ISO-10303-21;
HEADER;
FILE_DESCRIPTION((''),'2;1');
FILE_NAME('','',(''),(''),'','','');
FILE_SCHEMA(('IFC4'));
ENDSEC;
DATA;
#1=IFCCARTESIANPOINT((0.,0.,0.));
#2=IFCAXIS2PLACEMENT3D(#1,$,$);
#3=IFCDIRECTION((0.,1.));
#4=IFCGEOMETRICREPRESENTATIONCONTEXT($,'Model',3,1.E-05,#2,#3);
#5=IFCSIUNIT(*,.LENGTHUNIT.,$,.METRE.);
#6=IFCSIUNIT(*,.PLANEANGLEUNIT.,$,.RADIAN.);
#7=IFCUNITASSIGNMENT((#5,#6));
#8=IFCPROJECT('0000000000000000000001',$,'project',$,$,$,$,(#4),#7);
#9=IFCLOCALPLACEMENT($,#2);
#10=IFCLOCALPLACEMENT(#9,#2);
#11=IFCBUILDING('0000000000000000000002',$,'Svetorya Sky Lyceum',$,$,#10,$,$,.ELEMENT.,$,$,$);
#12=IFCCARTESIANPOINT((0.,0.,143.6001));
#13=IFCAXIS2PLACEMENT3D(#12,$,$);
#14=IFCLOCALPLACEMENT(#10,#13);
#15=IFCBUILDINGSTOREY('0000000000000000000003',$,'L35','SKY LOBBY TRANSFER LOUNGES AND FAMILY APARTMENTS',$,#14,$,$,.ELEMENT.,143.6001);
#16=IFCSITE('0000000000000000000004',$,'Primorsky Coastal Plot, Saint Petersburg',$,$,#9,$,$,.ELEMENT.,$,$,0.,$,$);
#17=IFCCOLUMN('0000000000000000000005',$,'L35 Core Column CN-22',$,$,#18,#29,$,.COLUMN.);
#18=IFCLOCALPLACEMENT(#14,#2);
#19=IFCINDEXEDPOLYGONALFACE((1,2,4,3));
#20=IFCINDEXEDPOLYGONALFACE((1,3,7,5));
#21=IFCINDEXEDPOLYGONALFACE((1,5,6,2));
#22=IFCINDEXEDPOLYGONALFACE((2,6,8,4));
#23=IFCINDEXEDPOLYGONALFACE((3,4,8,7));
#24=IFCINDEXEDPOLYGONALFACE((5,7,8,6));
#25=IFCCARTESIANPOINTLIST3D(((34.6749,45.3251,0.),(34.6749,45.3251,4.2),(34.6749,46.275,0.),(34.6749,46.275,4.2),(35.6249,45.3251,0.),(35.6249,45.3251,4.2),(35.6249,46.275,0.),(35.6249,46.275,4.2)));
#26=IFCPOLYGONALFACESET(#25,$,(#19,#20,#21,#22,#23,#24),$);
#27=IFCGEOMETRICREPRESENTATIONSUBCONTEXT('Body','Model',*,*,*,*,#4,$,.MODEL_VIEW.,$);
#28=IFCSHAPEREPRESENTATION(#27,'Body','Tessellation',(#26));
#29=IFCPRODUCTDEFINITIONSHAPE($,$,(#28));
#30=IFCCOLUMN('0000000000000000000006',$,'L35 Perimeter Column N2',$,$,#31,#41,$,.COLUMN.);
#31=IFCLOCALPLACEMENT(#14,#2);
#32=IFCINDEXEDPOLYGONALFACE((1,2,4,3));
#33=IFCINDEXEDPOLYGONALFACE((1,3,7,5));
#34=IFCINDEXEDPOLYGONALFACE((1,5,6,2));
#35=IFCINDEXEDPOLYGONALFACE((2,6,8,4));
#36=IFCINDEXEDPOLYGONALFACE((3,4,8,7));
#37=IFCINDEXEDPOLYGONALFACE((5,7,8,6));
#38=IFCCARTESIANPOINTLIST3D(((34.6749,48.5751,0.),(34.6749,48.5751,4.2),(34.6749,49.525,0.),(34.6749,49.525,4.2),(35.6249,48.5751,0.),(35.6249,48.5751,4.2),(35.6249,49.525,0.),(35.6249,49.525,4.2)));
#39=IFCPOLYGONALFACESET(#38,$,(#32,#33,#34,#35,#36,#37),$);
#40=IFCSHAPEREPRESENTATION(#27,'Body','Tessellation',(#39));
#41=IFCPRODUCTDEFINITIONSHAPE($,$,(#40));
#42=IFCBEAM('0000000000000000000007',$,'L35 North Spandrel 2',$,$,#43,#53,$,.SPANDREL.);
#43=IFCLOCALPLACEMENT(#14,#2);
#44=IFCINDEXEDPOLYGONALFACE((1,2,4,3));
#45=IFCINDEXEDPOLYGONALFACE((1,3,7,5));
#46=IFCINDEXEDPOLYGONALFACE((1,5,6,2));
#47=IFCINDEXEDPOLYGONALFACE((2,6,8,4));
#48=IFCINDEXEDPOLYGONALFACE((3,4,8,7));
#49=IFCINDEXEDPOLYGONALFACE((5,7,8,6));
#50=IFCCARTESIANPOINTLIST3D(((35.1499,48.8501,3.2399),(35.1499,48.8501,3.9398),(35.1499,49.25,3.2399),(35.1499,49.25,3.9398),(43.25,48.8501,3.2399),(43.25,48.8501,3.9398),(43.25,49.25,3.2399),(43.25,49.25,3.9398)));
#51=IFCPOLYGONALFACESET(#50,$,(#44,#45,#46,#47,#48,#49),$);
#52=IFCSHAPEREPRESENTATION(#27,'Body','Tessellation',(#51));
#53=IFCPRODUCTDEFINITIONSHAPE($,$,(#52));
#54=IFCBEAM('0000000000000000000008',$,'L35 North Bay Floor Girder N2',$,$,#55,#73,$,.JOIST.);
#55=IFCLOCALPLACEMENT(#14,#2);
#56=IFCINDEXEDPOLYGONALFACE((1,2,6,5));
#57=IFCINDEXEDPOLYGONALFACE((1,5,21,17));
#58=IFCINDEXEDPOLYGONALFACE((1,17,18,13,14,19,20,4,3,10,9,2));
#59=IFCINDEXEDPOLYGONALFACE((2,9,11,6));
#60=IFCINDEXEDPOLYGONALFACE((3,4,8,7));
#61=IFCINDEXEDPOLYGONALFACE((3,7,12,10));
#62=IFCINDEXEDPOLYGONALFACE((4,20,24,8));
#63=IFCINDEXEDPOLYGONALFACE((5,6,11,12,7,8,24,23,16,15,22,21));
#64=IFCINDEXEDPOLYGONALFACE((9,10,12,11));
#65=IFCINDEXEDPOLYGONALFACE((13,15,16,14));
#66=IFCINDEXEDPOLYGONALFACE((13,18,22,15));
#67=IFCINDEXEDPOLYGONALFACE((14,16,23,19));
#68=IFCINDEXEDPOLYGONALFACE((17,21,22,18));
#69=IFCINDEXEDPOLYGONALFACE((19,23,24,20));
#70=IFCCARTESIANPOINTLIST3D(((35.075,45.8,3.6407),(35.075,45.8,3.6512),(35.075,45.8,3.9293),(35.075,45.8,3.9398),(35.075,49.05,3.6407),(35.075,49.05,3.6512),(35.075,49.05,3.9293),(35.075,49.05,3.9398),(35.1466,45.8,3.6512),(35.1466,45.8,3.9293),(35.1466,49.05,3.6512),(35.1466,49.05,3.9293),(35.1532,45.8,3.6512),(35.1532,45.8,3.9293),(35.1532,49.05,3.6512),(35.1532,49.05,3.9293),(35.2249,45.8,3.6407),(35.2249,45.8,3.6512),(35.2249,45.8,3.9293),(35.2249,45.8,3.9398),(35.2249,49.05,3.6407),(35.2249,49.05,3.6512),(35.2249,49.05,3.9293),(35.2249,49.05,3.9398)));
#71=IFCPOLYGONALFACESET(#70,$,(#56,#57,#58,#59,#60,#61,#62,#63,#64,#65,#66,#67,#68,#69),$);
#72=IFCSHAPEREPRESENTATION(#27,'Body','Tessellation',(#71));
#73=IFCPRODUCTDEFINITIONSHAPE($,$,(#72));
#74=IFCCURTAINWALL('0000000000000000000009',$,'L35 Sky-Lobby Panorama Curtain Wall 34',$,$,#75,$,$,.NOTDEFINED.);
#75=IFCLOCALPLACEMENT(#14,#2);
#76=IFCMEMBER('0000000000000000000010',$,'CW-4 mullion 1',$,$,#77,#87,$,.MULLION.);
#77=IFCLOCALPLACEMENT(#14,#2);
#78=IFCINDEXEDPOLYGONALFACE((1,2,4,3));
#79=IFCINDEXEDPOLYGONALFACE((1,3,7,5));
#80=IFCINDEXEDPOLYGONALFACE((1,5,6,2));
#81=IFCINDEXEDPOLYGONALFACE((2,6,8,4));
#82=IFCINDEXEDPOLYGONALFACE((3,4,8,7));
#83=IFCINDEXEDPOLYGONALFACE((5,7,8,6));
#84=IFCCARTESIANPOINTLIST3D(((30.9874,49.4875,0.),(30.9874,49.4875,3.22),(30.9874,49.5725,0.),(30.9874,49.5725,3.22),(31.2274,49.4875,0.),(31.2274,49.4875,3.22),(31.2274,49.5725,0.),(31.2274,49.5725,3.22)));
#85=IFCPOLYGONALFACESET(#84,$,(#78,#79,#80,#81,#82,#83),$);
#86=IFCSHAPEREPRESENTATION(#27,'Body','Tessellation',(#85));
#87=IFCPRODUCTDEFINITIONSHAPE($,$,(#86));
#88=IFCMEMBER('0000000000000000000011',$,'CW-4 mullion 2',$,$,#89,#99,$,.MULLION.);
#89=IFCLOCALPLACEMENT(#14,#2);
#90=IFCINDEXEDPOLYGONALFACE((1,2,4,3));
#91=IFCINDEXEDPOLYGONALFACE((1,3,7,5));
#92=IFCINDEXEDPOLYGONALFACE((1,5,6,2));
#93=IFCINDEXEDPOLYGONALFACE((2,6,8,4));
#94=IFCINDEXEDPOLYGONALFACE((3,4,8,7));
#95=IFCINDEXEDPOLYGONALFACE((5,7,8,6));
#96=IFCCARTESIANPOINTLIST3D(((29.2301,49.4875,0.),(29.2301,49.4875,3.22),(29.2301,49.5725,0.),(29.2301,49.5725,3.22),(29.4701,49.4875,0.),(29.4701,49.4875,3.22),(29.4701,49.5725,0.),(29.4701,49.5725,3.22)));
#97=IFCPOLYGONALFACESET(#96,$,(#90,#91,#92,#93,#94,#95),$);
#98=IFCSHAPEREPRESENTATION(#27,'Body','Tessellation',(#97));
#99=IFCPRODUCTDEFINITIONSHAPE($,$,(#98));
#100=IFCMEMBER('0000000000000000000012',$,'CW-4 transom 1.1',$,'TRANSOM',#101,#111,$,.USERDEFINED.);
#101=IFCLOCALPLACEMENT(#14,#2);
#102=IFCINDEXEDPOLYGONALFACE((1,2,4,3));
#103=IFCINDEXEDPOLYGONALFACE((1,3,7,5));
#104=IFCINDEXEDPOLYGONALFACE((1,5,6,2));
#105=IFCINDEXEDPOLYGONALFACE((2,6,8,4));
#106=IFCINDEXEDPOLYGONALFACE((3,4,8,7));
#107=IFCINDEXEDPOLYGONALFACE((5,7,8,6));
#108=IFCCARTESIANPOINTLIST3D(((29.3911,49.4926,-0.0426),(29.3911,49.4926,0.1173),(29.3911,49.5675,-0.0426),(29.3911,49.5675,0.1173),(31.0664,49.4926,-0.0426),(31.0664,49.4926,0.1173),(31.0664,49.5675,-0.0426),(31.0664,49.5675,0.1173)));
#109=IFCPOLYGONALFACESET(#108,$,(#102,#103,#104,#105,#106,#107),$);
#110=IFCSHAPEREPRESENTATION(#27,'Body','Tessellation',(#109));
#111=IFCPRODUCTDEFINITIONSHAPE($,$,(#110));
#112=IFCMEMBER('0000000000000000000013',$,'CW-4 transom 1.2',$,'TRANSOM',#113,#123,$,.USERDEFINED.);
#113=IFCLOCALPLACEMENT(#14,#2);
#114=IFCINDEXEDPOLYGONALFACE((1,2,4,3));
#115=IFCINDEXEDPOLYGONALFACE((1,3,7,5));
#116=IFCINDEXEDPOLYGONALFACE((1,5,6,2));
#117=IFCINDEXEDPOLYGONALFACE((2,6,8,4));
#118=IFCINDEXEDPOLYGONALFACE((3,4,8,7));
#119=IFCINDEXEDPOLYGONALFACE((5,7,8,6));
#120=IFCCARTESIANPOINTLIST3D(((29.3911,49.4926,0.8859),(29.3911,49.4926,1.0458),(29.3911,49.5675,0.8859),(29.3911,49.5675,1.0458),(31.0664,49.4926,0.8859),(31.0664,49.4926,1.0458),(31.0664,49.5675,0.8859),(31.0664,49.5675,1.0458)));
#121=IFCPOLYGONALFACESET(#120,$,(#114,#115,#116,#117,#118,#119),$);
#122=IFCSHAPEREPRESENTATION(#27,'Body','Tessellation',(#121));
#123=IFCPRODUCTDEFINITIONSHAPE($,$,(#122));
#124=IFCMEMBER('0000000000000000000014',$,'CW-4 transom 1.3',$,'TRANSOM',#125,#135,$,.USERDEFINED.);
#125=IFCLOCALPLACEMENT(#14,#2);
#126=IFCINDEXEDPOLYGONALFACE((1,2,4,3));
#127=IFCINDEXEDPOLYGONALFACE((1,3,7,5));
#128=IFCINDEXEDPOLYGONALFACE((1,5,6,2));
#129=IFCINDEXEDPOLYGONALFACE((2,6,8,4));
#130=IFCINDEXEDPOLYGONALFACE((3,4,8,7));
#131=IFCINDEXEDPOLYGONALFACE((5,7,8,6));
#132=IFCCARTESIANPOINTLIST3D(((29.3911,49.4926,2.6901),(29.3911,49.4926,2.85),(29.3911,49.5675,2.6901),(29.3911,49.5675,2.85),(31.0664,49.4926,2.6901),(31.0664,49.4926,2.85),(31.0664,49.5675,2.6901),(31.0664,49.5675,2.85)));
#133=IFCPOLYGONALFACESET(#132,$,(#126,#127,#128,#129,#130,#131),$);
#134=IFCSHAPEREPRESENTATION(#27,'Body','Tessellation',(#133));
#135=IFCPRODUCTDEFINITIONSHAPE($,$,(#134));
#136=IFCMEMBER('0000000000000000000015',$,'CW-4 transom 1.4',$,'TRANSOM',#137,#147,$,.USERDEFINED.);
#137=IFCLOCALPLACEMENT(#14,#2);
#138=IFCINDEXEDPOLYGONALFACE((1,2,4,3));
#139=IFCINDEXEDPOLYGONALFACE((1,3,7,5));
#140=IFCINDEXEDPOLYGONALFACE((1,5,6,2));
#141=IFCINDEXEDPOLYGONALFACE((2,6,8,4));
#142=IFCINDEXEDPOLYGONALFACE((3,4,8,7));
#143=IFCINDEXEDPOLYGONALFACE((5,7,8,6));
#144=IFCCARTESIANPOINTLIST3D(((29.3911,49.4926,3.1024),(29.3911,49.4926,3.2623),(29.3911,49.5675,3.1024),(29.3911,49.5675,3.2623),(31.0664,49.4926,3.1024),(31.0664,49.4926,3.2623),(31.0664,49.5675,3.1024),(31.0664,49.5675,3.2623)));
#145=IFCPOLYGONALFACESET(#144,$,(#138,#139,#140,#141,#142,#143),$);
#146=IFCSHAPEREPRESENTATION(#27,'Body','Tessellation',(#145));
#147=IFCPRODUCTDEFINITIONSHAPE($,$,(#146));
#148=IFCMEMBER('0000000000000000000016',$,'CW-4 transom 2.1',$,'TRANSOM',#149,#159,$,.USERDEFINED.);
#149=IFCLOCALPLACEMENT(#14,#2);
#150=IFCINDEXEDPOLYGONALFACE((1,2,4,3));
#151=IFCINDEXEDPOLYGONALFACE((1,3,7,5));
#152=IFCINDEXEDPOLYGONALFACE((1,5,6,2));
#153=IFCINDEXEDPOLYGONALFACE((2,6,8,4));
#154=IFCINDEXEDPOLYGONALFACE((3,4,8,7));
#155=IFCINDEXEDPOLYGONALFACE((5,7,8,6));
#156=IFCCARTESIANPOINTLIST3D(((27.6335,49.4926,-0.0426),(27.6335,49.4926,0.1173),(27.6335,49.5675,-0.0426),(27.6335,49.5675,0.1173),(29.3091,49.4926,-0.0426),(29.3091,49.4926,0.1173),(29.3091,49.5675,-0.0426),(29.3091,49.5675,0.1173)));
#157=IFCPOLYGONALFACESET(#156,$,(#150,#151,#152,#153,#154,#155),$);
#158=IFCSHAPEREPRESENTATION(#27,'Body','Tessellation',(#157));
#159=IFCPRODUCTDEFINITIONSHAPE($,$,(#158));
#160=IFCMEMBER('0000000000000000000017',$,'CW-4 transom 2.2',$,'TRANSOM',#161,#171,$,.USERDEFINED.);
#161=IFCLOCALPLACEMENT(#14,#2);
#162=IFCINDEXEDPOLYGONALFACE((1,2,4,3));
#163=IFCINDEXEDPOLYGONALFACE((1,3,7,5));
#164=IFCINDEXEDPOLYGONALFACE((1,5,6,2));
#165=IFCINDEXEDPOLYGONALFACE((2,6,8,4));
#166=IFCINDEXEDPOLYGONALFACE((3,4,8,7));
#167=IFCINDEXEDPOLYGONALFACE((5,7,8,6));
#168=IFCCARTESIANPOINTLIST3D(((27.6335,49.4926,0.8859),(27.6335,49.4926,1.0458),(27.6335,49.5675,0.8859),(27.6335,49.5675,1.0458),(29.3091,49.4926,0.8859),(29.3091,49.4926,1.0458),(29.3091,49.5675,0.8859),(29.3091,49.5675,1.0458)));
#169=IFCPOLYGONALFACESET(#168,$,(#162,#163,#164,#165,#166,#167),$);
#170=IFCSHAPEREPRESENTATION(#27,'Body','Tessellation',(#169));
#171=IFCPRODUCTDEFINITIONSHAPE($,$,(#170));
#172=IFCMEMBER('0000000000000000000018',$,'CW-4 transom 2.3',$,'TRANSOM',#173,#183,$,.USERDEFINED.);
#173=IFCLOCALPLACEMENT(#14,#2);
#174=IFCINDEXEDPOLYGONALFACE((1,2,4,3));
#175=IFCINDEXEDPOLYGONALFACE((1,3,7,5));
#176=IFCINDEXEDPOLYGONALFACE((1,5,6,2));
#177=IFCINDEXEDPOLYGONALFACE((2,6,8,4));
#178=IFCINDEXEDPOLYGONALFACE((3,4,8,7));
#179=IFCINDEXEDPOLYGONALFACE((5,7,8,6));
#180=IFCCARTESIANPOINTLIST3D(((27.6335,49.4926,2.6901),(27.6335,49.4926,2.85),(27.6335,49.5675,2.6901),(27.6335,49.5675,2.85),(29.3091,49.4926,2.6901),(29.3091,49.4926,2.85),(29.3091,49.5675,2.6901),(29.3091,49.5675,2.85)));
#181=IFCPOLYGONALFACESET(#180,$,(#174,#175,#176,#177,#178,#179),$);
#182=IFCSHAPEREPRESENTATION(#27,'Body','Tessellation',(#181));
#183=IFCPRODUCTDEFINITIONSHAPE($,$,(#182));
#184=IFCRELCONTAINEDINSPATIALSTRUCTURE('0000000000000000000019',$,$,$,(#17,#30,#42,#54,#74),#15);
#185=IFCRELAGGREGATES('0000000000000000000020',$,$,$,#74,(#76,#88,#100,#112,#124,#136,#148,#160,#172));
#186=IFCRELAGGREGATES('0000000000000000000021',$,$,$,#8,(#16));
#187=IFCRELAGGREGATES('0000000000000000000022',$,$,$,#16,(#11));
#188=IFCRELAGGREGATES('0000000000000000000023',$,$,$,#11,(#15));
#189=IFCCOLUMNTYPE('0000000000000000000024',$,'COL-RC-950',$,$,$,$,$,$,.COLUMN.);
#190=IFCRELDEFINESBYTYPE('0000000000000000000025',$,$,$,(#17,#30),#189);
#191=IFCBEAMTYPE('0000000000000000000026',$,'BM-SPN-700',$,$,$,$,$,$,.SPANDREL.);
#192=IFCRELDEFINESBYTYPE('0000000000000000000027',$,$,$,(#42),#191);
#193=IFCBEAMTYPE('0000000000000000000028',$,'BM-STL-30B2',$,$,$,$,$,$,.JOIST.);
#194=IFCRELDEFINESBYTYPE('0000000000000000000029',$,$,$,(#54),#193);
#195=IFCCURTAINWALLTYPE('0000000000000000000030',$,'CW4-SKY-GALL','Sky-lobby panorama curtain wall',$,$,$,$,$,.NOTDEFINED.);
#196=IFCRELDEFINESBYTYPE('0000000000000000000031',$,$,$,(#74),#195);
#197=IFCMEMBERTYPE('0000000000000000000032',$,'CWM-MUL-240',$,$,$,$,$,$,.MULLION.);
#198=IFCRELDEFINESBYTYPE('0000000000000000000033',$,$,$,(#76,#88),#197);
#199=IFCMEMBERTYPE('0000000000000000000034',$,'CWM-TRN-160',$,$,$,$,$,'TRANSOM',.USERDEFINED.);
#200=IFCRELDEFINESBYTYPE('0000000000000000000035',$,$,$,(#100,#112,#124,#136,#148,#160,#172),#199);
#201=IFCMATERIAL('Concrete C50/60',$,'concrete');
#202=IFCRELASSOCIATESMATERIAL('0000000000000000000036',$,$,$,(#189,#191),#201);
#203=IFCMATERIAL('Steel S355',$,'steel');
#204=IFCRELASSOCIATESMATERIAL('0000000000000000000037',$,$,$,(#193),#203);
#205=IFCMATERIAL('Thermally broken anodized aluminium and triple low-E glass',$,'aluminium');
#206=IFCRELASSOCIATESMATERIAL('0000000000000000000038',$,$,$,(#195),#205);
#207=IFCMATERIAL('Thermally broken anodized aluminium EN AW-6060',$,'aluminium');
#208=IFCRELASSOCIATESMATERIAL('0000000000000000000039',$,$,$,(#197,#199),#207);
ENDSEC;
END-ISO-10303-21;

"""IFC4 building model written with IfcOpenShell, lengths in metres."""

from ifc_helpers import new_model, si_unit, direction, frame, origin, origin_2d, place, context, subcontext, project, spatial, rectangle, i_section, extrude, material, material_profile, profile_set, type_object, element, aggregate, save


model = new_model("IFC4")

# Units and contexts
model_context = context("Model", 3, precision=1e-05, world=origin(), true_north=direction((0.0, 1.0)))
body_context = subcontext(model_context, "Body", "Model", "MODEL_VIEW")
ifc_project = project(units=[si_unit("LENGTHUNIT", "METRE"), si_unit("PLANEANGLEUNIT", "RADIAN")], contexts=[model_context])

# Site, building, storey
site_placement = place(None, origin())
site = spatial("IfcSite", under=ifc_project, at=site_placement, Name="Primorsky Coastal Plot, Saint Petersburg", CompositionType="ELEMENT", RefElevation=0.0)
building_placement = place(site_placement, origin())
building = spatial("IfcBuilding", under=site, at=building_placement, Name="Svetorya Sky Lyceum", CompositionType="ELEMENT")
storey_placement = place(building_placement, frame((0.0, 0.0, 143.6001)))
storey = spatial("IfcBuildingStorey", under=building, at=storey_placement, Name="L35", Description="SKY LOBBY TRANSFER LOUNGES AND FAMILY APARTMENTS", CompositionType="ELEMENT", Elevation=143.6001)

# Columns
ifc_material_1 = material(Name="Concrete C50/60", Category="concrete")
ifc_material_profile_1 = material_profile(ifc_material_1, rectangle(XDim=0.95, YDim=0.95, at=origin_2d()), Name="RC COL 950x950")
ifc_profile_set_1 = profile_set([ifc_material_profile_1], Name="Concrete C50/60")
column_type = type_object("IfcColumnType", Name="COL-RC-950", PredefinedType="COLUMN", material=ifc_profile_set_1)
for number, where, z_axis, x_axis, name in (
    (1, (35.1499, 45.8, 0.0), (0.0, 0.0, 1.0), (1.0, 0.0, 0.0), "L35 Core Column CN-22"),
    (2, (35.1499, 49.05, 0.0), (0.0, 0.0, 1.0), (1.0, 0.0, 0.0), "L35 Perimeter Column N2"),
):
    element("IfcColumn", number, at=place(storey_placement, frame(where, z_axis=z_axis, x_axis=x_axis)), inside=storey, type_object=column_type, Name=name, PredefinedType="COLUMN", context=body_context, shape_type="SweptSolid", body=[
        extrude(rectangle(XDim=0.95, YDim=0.95, at=origin_2d()), origin(), (0.0, 0.0, 1.0), 4.2),
    ])

# Beams
ifc_material_profile_2 = material_profile(ifc_material_1, rectangle(XDim=0.3999, YDim=0.7, at=origin_2d()), Name="RC SPANDREL 400x700")
ifc_profile_set_2 = profile_set([ifc_material_profile_2], Name="Concrete C50/60")
beam_type_1 = type_object("IfcBeamType", Name="BM-SPN-700", PredefinedType="SPANDREL", material=ifc_profile_set_2)
beam_1_placement = place(storey_placement, frame((35.1499, 49.05, 3.5898), z_axis=(1.0, 0.0, 0.0), x_axis=(0.0, 1.0, 0.0)))
element("IfcBeam", 3, at=beam_1_placement, inside=storey, type_object=beam_type_1, Name="L35 North Spandrel 2", PredefinedType="SPANDREL", context=body_context, shape_type="SweptSolid", body=[
    extrude(rectangle(XDim=0.3999, YDim=0.7, at=origin_2d()), origin(), (0.0, 0.0, 1.0), 8.1001),
])
ifc_material_2 = material(Name="Steel S355", Category="steel")
ifc_material_profile_3 = material_profile(ifc_material_2, i_section(OverallWidth=0.1499, OverallDepth=0.2991, WebThickness=0.0066, FlangeThickness=0.0105, at=origin_2d()), Name="GOST 30B2")
ifc_profile_set_3 = profile_set([ifc_material_profile_3], Name="Steel S355")
beam_type_2 = type_object("IfcBeamType", Name="BM-STL-30B2", PredefinedType="JOIST", material=ifc_profile_set_3)
beam_2_placement = place(storey_placement, frame((35.1499, 45.8, 3.7903), z_axis=(0.0, 1.0, 0.0), x_axis=(-1.0, 0.0, 0.0)))
element("IfcBeam", 4, at=beam_2_placement, inside=storey, type_object=beam_type_2, Name="L35 North Bay Floor Girder N2", PredefinedType="JOIST", context=body_context, shape_type="SweptSolid", body=[
    extrude(i_section(OverallWidth=0.1499, OverallDepth=0.2991, WebThickness=0.0066, FlangeThickness=0.0105, at=origin_2d()), origin(), (0.0, 0.0, 1.0), 3.25),
])

# Curtain wall, members
ifc_material_3 = material(Name="Thermally broken anodized aluminium and triple low-E glass", Category="aluminium")
curtain_wall_type = type_object("IfcCurtainWallType", Name="CW4-SKY-GALL", Description="Sky-lobby panorama curtain wall", PredefinedType="NOTDEFINED", material=ifc_material_3)
curtain_wall_placement = place(storey_placement, origin())
curtain_wall = element("IfcCurtainWall", 5, at=curtain_wall_placement, inside=storey, type_object=curtain_wall_type, Name="L35 Sky-Lobby Panorama Curtain Wall 34", PredefinedType="NOTDEFINED")
ifc_material_4 = material(Name="Thermally broken anodized aluminium EN AW-6060", Category="aluminium")
ifc_material_profile_4 = material_profile(ifc_material_4, rectangle(XDim=0.085, YDim=0.24, at=origin_2d()), Name="ALU MULLION 85x240")
ifc_profile_set_4 = profile_set([ifc_material_profile_4], Name="Thermally broken anodized aluminium EN AW-6060")
member_type_1 = type_object("IfcMemberType", Name="CWM-MUL-240", PredefinedType="MULLION", material=ifc_profile_set_4)
member_1_placement = place(storey_placement, frame((31.1074, 49.53, 0.0), z_axis=(0.0, 0.0, 1.0), x_axis=(0.0, -1.0, 0.0)))
member_1 = element("IfcMember", 6, at=member_1_placement, type_object=member_type_1, Name="CW-4 mullion 1", PredefinedType="MULLION", context=body_context, shape_type="SweptSolid", body=[
    extrude(rectangle(XDim=0.085, YDim=0.24, at=origin_2d()), origin(), (0.0, 0.0, 1.0), 3.22),
])
member_2_placement = place(storey_placement, frame((29.3501, 49.53, 0.0), z_axis=(0.0, 0.0, 1.0), x_axis=(0.0, -1.0, 0.0)))
member_2 = element("IfcMember", 7, at=member_2_placement, type_object=member_type_1, Name="CW-4 mullion 2", PredefinedType="MULLION", context=body_context, shape_type="SweptSolid", body=[
    extrude(rectangle(XDim=0.085, YDim=0.24, at=origin_2d()), origin(), (0.0, 0.0, 1.0), 3.22),
])
ifc_material_profile_5 = material_profile(ifc_material_4, rectangle(XDim=0.075, YDim=0.1599, at=origin_2d()), Name="ALU TRANSOM 75x160")
ifc_profile_set_5 = profile_set([ifc_material_profile_5], Name="Thermally broken anodized aluminium EN AW-6060")
member_type_2 = type_object("IfcMemberType", Name="CWM-TRN-160", ElementType="TRANSOM", PredefinedType="USERDEFINED", material=ifc_profile_set_5)
member_3_placement = place(storey_placement, frame((31.0664, 49.53, 0.0374), z_axis=(-1.0, 0.0, 0.0), x_axis=(0.0, -1.0, 0.0)))
member_3 = element("IfcMember", 8, at=member_3_placement, type_object=member_type_2, Name="CW-4 transom 1.1", ObjectType="TRANSOM", PredefinedType="USERDEFINED", context=body_context, shape_type="SweptSolid", body=[
    extrude(rectangle(XDim=0.075, YDim=0.1599, at=origin_2d()), origin(), (0.0, 0.0, 1.0), 1.6753),
])
member_4_placement = place(storey_placement, frame((31.0664, 49.53, 0.9658), z_axis=(-1.0, 0.0, 0.0), x_axis=(0.0, -1.0, 0.0)))
member_4 = element("IfcMember", 9, at=member_4_placement, type_object=member_type_2, Name="CW-4 transom 1.2", ObjectType="TRANSOM", PredefinedType="USERDEFINED", context=body_context, shape_type="SweptSolid", body=[
    extrude(rectangle(XDim=0.075, YDim=0.1599, at=origin_2d()), origin(), (0.0, 0.0, 1.0), 1.6753),
])
member_5_placement = place(storey_placement, frame((31.0664, 49.53, 2.77), z_axis=(-1.0, 0.0, 0.0), x_axis=(0.0, -1.0, 0.0)))
member_5 = element("IfcMember", 10, at=member_5_placement, type_object=member_type_2, Name="CW-4 transom 1.3", ObjectType="TRANSOM", PredefinedType="USERDEFINED", context=body_context, shape_type="SweptSolid", body=[
    extrude(rectangle(XDim=0.075, YDim=0.1599, at=origin_2d()), origin(), (0.0, 0.0, 1.0), 1.6753),
])
member_6_placement = place(storey_placement, frame((31.0664, 49.53, 3.1824), z_axis=(-1.0, 0.0, 0.0), x_axis=(0.0, -1.0, 0.0)))
member_6 = element("IfcMember", 11, at=member_6_placement, type_object=member_type_2, Name="CW-4 transom 1.4", ObjectType="TRANSOM", PredefinedType="USERDEFINED", context=body_context, shape_type="SweptSolid", body=[
    extrude(rectangle(XDim=0.075, YDim=0.1599, at=origin_2d()), origin(), (0.0, 0.0, 1.0), 1.6753),
])
member_7_placement = place(storey_placement, frame((29.3091, 49.53, 0.0374), z_axis=(-1.0, 0.0, 0.0), x_axis=(0.0, -1.0, 0.0)))
member_7 = element("IfcMember", 12, at=member_7_placement, type_object=member_type_2, Name="CW-4 transom 2.1", ObjectType="TRANSOM", PredefinedType="USERDEFINED", context=body_context, shape_type="SweptSolid", body=[
    extrude(rectangle(XDim=0.075, YDim=0.1599, at=origin_2d()), origin(), (0.0, 0.0, 1.0), 1.6755),
])
member_8_placement = place(storey_placement, frame((29.3091, 49.53, 0.9658), z_axis=(-1.0, 0.0, 0.0), x_axis=(0.0, -1.0, 0.0)))
member_8 = element("IfcMember", 13, at=member_8_placement, type_object=member_type_2, Name="CW-4 transom 2.2", ObjectType="TRANSOM", PredefinedType="USERDEFINED", context=body_context, shape_type="SweptSolid", body=[
    extrude(rectangle(XDim=0.075, YDim=0.1599, at=origin_2d()), origin(), (0.0, 0.0, 1.0), 1.6755),
])
member_9_placement = place(storey_placement, frame((29.3091, 49.53, 2.77), z_axis=(-1.0, 0.0, 0.0), x_axis=(0.0, -1.0, 0.0)))
member_9 = element("IfcMember", 14, at=member_9_placement, type_object=member_type_2, Name="CW-4 transom 2.3", ObjectType="TRANSOM", PredefinedType="USERDEFINED", context=body_context, shape_type="SweptSolid", body=[
    extrude(rectangle(XDim=0.075, YDim=0.1599, at=origin_2d()), origin(), (0.0, 0.0, 1.0), 1.6755),
])
aggregate(curtain_wall, [member_1, member_2, member_3, member_4, member_5, member_6, member_7, member_8, member_9])

save(model, "model.ifc")
